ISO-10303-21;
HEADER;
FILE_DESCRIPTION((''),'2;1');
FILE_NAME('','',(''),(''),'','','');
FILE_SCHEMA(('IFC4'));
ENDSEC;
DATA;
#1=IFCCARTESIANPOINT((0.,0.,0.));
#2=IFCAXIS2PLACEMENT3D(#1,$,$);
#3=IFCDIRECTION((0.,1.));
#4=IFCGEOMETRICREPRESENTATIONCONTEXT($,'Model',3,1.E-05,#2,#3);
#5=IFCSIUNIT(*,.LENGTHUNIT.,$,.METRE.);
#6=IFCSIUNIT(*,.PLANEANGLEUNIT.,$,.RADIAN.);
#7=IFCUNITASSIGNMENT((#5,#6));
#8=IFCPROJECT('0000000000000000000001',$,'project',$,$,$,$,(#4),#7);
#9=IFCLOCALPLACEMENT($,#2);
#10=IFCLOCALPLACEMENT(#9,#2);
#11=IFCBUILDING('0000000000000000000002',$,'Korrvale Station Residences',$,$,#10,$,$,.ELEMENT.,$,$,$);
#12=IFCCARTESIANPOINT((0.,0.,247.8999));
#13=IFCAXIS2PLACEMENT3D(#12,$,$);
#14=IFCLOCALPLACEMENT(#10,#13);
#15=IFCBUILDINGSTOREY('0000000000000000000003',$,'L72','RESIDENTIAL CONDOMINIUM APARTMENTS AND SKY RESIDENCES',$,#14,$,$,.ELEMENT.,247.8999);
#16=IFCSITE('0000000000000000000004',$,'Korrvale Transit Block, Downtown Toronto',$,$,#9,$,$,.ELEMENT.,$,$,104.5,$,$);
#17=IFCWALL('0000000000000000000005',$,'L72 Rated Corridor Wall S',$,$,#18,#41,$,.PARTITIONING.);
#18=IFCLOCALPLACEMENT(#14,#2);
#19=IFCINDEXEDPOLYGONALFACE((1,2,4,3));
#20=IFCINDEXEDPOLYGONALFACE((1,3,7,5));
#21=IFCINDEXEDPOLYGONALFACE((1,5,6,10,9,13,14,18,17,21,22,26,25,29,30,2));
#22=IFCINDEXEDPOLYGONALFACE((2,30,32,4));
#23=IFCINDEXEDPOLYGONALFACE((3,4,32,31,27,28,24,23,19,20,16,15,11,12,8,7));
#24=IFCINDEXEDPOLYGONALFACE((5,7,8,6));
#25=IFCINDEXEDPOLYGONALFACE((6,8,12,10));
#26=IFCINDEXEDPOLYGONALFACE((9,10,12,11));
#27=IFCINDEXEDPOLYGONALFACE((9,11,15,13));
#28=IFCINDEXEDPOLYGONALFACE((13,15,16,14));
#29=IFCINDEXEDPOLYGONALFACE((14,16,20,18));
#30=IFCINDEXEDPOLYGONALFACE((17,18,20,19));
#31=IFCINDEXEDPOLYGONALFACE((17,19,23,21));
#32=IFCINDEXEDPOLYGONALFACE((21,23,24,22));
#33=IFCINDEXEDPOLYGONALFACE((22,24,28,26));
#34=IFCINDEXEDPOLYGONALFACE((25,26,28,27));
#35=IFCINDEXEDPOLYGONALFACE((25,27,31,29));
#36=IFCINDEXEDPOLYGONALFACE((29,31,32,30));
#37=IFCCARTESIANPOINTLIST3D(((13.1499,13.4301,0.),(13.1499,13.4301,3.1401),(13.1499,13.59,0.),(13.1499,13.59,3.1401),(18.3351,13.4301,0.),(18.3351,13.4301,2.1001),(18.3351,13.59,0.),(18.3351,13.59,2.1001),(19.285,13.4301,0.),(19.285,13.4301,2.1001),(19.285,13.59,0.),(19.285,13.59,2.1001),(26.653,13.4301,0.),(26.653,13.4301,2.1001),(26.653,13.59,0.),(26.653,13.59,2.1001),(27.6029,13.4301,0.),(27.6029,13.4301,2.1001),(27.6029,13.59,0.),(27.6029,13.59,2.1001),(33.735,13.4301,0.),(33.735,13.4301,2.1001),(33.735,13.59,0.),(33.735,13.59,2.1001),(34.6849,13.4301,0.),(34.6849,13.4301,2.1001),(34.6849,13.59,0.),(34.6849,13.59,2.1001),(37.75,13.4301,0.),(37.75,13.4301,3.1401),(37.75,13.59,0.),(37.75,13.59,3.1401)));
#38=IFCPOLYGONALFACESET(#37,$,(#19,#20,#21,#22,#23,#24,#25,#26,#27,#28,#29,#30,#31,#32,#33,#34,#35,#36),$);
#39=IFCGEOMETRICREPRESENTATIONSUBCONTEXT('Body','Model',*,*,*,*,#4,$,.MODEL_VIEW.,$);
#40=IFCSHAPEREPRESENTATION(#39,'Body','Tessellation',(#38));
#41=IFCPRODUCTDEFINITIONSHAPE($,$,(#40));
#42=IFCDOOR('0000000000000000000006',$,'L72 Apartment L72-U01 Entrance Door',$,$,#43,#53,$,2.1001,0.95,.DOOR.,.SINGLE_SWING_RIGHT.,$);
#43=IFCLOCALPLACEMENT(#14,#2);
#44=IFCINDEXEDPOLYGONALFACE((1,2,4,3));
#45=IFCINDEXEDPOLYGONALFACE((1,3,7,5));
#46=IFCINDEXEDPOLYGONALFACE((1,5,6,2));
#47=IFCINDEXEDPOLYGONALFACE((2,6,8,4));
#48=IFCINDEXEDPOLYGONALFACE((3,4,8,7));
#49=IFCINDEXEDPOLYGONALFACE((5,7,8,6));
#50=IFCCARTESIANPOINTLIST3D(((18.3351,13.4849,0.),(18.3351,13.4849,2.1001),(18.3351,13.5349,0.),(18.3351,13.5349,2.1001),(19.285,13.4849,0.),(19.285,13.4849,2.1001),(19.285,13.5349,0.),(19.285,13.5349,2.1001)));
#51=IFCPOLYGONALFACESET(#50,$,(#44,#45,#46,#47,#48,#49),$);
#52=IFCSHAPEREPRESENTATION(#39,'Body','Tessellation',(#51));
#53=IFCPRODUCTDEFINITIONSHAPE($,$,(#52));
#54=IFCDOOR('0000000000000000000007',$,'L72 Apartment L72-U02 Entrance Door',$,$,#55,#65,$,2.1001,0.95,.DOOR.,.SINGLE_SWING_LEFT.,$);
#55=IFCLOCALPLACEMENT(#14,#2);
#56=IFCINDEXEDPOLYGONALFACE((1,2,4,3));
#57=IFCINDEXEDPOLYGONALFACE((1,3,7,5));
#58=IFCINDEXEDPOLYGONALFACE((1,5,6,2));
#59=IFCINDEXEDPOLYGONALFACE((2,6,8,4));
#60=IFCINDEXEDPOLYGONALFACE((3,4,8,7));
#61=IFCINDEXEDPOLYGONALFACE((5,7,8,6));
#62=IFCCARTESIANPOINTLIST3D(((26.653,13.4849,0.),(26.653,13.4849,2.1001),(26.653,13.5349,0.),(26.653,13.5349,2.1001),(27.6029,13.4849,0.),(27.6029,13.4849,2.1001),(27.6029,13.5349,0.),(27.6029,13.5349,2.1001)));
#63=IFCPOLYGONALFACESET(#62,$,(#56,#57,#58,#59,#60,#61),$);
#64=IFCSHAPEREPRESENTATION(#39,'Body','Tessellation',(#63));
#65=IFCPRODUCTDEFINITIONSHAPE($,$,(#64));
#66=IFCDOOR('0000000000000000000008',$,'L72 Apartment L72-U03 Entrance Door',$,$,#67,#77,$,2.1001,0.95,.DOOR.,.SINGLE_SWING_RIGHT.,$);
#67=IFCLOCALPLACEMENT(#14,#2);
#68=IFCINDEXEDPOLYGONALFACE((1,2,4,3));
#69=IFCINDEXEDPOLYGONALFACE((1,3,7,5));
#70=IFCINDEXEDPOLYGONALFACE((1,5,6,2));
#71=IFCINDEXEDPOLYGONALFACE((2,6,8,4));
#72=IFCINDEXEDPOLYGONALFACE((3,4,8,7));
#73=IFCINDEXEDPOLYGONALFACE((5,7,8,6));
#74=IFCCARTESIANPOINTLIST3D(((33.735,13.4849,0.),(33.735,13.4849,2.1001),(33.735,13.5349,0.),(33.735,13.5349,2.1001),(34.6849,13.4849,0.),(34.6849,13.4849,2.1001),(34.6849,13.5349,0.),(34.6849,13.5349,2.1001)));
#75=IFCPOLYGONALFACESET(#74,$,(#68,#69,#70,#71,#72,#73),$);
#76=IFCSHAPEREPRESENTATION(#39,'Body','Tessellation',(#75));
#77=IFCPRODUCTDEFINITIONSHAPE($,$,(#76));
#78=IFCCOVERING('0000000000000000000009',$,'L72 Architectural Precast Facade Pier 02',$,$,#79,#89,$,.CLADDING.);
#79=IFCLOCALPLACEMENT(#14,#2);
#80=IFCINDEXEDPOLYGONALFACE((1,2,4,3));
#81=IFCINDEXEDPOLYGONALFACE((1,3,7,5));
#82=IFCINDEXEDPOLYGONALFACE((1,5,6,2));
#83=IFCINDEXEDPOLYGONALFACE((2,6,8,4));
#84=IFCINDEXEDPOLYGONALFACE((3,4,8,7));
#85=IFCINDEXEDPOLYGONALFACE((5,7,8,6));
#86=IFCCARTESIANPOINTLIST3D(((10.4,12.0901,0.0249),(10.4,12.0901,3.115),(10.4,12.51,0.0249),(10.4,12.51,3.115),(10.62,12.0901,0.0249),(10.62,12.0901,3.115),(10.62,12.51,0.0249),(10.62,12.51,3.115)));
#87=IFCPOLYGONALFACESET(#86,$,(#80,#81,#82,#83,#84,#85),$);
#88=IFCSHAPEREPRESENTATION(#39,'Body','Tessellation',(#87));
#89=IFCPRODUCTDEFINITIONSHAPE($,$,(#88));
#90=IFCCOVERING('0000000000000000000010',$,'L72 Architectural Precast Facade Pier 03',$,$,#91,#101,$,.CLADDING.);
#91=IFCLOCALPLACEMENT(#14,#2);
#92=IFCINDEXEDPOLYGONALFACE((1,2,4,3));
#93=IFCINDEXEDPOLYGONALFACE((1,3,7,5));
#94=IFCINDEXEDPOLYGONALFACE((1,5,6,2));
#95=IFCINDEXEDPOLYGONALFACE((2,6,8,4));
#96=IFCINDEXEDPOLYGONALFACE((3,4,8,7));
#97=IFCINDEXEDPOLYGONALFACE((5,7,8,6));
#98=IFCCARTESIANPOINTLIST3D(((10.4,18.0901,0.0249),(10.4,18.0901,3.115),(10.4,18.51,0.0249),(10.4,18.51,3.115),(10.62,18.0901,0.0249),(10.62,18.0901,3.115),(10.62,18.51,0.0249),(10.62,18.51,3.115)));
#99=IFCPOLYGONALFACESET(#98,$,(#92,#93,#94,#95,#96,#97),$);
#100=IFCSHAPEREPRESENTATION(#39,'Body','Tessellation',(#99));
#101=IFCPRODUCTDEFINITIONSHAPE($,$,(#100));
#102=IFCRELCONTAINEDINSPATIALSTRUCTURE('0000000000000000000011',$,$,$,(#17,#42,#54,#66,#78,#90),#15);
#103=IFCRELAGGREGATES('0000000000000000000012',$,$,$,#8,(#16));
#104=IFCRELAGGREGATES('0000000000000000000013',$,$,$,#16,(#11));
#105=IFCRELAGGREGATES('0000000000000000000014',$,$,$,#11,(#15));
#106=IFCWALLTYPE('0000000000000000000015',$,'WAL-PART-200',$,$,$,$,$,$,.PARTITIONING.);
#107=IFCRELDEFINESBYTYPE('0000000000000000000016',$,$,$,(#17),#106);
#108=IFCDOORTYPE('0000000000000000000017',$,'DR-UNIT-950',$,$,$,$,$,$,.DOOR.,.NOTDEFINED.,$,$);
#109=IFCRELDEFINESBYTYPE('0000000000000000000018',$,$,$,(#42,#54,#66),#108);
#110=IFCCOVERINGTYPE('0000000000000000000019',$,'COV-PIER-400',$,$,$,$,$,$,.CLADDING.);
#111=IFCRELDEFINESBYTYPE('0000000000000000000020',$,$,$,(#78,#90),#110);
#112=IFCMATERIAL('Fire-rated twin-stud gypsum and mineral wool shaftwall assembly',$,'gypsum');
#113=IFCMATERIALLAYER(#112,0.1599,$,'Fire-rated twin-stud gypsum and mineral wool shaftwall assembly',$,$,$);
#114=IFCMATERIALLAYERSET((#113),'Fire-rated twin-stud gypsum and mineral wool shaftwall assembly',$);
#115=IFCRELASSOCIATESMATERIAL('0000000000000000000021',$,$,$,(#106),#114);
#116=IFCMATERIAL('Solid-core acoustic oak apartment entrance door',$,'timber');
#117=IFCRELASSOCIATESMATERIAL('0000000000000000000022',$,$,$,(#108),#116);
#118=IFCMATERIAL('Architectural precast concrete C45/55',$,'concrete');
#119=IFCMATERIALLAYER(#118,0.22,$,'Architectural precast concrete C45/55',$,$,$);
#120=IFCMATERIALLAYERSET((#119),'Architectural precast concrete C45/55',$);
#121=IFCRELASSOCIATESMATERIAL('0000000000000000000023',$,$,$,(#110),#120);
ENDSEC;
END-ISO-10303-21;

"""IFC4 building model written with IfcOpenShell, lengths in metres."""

from ifc_helpers import new_model, si_unit, direction, frame, frame_2d, origin, origin_2d, place, context, subcontext, project, spatial, rectangle, extrude, material, layer, layer_set, type_object, element, fill, save


model = new_model("IFC4")

# Units and contexts
model_context = context("Model", 3, precision=1e-05, world=origin(), true_north=direction((0.0, 1.0)))
body_context = subcontext(model_context, "Body", "Model", "MODEL_VIEW")
ifc_project = project(units=[si_unit("LENGTHUNIT", "METRE"), si_unit("PLANEANGLEUNIT", "RADIAN")], contexts=[model_context])

# Site, building, storey
site_placement = place(None, origin())
site = spatial("IfcSite", under=ifc_project, at=site_placement, Name="Korrvale Transit Block, Downtown Toronto", CompositionType="ELEMENT", RefElevation=104.5)
building_placement = place(site_placement, origin())
building = spatial("IfcBuilding", under=site, at=building_placement, Name="Korrvale Station Residences", CompositionType="ELEMENT")
storey_placement = place(building_placement, frame((0.0, 0.0, 247.8999)))
storey = spatial("IfcBuildingStorey", under=building, at=storey_placement, Name="L72", Description="RESIDENTIAL CONDOMINIUM APARTMENTS AND SKY RESIDENCES", CompositionType="ELEMENT", Elevation=247.8999)

# Shared definitions
ifc_material_1 = material(Name="Fire-rated twin-stud gypsum and mineral wool shaftwall assembly", Category="gypsum")
ifc_layer_1 = layer(ifc_material_1, 0.1599, Name="Fire-rated twin-stud gypsum and mineral wool shaftwall assembly")
ifc_layer_set_1 = layer_set([ifc_layer_1], Name="Fire-rated twin-stud gypsum and mineral wool shaftwall assembly")
wall_type_1 = type_object("IfcWallType", Name="WAL-PART-200", PredefinedType="PARTITIONING", material=ifc_layer_set_1)

# Shared definitions
ifc_material_2 = material(Name="Solid-core acoustic oak apartment entrance door", Category="timber")
door_type_1 = type_object("IfcDoorType", Name="DR-UNIT-950", OperationType="NOTDEFINED", PredefinedType="DOOR", material=ifc_material_2)

# Wall, openings, doors
wall_1_placement = place(storey_placement, frame((13.1499, 13.51, 0.0), z_axis=(0.0, 0.0, 1.0), x_axis=(1.0, 0.0, 0.0)))
wall_1 = element("IfcWall", 1, at=wall_1_placement, inside=storey, type_object=wall_type_1, Name="L72 Rated Corridor Wall S", PredefinedType="PARTITIONING", context=body_context, shape_type="SweptSolid", body=[
    extrude(rectangle(XDim=24.6001, YDim=0.1599, at=frame_2d((12.3, 0.0))), origin(), (0.0, 0.0, 1.0), 3.1401),
])
opening_1_placement = place(wall_1_placement, frame((5.1851, 0.0, 0.0)))
opening_1 = element("IfcOpeningElement", 2, at=opening_1_placement, cuts=wall_1, PredefinedType="OPENING", context=body_context, shape_type="SweptSolid", body=[
    extrude(rectangle(XDim=0.95, YDim=2.1001, at=frame_2d((0.4751, 1.05))), frame((0.0, 0.0898, 0.0), z_axis=(0.0, -1.0, 0.0), x_axis=(1.0, 0.0, 0.0)), (0.0, 0.0, 1.0), 0.1799),
])
opening_2_placement = place(wall_1_placement, frame((13.5029, 0.0, 0.0)))
opening_2 = element("IfcOpeningElement", 3, at=opening_2_placement, cuts=wall_1, PredefinedType="OPENING", context=body_context, shape_type="SweptSolid", body=[
    extrude(rectangle(XDim=0.95, YDim=2.1001, at=frame_2d((0.4751, 1.05))), frame((0.0, 0.0898, 0.0), z_axis=(0.0, -1.0, 0.0), x_axis=(1.0, 0.0, 0.0)), (0.0, 0.0, 1.0), 0.1799),
])
opening_3_placement = place(wall_1_placement, frame((20.585, 0.0, 0.0)))
opening_3 = element("IfcOpeningElement", 4, at=opening_3_placement, cuts=wall_1, PredefinedType="OPENING", context=body_context, shape_type="SweptSolid", body=[
    extrude(rectangle(XDim=0.95, YDim=2.1001, at=frame_2d((0.4751, 1.05))), frame((0.0, 0.0898, 0.0), z_axis=(0.0, -1.0, 0.0), x_axis=(1.0, 0.0, 0.0)), (0.0, 0.0, 1.0), 0.1799),
])
door_1_placement = place(opening_1_placement, origin())
door_1 = element("IfcDoor", 5, at=door_1_placement, inside=storey, type_object=door_type_1, Name="L72 Apartment L72-U01 Entrance Door", OperationType="SINGLE_SWING_RIGHT", OverallHeight=2.1001, OverallWidth=0.95, PredefinedType="DOOR", context=body_context, shape_type="SweptSolid", body=[
    extrude(rectangle(XDim=0.95, YDim=2.1001, at=frame_2d((0.4751, 1.05))), frame((0.0, 0.0249, 0.0), z_axis=(0.0, -1.0, 0.0), x_axis=(1.0, 0.0, 0.0)), (0.0, 0.0, 1.0), 0.05),
])
fill(opening_1, door_1)
door_2_placement = place(opening_2_placement, origin())
door_2 = element("IfcDoor", 6, at=door_2_placement, inside=storey, type_object=door_type_1, Name="L72 Apartment L72-U02 Entrance Door", OperationType="SINGLE_SWING_LEFT", OverallHeight=2.1001, OverallWidth=0.95, PredefinedType="DOOR", context=body_context, shape_type="SweptSolid", body=[
    extrude(rectangle(XDim=0.95, YDim=2.1001, at=frame_2d((0.4751, 1.05))), frame((0.0, 0.0249, 0.0), z_axis=(0.0, -1.0, 0.0), x_axis=(1.0, 0.0, 0.0)), (0.0, 0.0, 1.0), 0.05),
])
fill(opening_2, door_2)
door_3_placement = place(opening_3_placement, origin())
door_3 = element("IfcDoor", 7, at=door_3_placement, inside=storey, type_object=door_type_1, Name="L72 Apartment L72-U03 Entrance Door", OperationType="SINGLE_SWING_RIGHT", OverallHeight=2.1001, OverallWidth=0.95, PredefinedType="DOOR", context=body_context, shape_type="SweptSolid", body=[
    extrude(rectangle(XDim=0.95, YDim=2.1001, at=frame_2d((0.4751, 1.05))), frame((0.0, 0.0249, 0.0), z_axis=(0.0, -1.0, 0.0), x_axis=(1.0, 0.0, 0.0)), (0.0, 0.0, 1.0), 0.05),
])
fill(opening_3, door_3)

# Coverings
ifc_material_3 = material(Name="Architectural precast concrete C45/55", Category="concrete")
ifc_layer_2 = layer(ifc_material_3, 0.22, Name="Architectural precast concrete C45/55")
ifc_layer_set_2 = layer_set([ifc_layer_2], Name="Architectural precast concrete C45/55")
covering_type = type_object("IfcCoveringType", Name="COV-PIER-400", PredefinedType="CLADDING", material=ifc_layer_set_2)
for number, where, z_axis, x_axis, name in (
    (8, (10.51, 12.3, 0.0249), (0.0, 0.0, 1.0), (0.0, 1.0, 0.0), "L72 Architectural Precast Facade Pier 02"),
    (9, (10.51, 18.3, 0.0249), (0.0, 0.0, 1.0), (0.0, 1.0, 0.0), "L72 Architectural Precast Facade Pier 03"),
):
    element("IfcCovering", number, at=place(storey_placement, frame(where, z_axis=z_axis, x_axis=x_axis)), inside=storey, type_object=covering_type, Name=name, PredefinedType="CLADDING", context=body_context, shape_type="SweptSolid", body=[
        extrude(rectangle(XDim=0.4199, YDim=0.22, at=origin_2d()), origin(), (0.0, 0.0, 1.0), 3.0901),
    ])

save(model, "model.ifc")
